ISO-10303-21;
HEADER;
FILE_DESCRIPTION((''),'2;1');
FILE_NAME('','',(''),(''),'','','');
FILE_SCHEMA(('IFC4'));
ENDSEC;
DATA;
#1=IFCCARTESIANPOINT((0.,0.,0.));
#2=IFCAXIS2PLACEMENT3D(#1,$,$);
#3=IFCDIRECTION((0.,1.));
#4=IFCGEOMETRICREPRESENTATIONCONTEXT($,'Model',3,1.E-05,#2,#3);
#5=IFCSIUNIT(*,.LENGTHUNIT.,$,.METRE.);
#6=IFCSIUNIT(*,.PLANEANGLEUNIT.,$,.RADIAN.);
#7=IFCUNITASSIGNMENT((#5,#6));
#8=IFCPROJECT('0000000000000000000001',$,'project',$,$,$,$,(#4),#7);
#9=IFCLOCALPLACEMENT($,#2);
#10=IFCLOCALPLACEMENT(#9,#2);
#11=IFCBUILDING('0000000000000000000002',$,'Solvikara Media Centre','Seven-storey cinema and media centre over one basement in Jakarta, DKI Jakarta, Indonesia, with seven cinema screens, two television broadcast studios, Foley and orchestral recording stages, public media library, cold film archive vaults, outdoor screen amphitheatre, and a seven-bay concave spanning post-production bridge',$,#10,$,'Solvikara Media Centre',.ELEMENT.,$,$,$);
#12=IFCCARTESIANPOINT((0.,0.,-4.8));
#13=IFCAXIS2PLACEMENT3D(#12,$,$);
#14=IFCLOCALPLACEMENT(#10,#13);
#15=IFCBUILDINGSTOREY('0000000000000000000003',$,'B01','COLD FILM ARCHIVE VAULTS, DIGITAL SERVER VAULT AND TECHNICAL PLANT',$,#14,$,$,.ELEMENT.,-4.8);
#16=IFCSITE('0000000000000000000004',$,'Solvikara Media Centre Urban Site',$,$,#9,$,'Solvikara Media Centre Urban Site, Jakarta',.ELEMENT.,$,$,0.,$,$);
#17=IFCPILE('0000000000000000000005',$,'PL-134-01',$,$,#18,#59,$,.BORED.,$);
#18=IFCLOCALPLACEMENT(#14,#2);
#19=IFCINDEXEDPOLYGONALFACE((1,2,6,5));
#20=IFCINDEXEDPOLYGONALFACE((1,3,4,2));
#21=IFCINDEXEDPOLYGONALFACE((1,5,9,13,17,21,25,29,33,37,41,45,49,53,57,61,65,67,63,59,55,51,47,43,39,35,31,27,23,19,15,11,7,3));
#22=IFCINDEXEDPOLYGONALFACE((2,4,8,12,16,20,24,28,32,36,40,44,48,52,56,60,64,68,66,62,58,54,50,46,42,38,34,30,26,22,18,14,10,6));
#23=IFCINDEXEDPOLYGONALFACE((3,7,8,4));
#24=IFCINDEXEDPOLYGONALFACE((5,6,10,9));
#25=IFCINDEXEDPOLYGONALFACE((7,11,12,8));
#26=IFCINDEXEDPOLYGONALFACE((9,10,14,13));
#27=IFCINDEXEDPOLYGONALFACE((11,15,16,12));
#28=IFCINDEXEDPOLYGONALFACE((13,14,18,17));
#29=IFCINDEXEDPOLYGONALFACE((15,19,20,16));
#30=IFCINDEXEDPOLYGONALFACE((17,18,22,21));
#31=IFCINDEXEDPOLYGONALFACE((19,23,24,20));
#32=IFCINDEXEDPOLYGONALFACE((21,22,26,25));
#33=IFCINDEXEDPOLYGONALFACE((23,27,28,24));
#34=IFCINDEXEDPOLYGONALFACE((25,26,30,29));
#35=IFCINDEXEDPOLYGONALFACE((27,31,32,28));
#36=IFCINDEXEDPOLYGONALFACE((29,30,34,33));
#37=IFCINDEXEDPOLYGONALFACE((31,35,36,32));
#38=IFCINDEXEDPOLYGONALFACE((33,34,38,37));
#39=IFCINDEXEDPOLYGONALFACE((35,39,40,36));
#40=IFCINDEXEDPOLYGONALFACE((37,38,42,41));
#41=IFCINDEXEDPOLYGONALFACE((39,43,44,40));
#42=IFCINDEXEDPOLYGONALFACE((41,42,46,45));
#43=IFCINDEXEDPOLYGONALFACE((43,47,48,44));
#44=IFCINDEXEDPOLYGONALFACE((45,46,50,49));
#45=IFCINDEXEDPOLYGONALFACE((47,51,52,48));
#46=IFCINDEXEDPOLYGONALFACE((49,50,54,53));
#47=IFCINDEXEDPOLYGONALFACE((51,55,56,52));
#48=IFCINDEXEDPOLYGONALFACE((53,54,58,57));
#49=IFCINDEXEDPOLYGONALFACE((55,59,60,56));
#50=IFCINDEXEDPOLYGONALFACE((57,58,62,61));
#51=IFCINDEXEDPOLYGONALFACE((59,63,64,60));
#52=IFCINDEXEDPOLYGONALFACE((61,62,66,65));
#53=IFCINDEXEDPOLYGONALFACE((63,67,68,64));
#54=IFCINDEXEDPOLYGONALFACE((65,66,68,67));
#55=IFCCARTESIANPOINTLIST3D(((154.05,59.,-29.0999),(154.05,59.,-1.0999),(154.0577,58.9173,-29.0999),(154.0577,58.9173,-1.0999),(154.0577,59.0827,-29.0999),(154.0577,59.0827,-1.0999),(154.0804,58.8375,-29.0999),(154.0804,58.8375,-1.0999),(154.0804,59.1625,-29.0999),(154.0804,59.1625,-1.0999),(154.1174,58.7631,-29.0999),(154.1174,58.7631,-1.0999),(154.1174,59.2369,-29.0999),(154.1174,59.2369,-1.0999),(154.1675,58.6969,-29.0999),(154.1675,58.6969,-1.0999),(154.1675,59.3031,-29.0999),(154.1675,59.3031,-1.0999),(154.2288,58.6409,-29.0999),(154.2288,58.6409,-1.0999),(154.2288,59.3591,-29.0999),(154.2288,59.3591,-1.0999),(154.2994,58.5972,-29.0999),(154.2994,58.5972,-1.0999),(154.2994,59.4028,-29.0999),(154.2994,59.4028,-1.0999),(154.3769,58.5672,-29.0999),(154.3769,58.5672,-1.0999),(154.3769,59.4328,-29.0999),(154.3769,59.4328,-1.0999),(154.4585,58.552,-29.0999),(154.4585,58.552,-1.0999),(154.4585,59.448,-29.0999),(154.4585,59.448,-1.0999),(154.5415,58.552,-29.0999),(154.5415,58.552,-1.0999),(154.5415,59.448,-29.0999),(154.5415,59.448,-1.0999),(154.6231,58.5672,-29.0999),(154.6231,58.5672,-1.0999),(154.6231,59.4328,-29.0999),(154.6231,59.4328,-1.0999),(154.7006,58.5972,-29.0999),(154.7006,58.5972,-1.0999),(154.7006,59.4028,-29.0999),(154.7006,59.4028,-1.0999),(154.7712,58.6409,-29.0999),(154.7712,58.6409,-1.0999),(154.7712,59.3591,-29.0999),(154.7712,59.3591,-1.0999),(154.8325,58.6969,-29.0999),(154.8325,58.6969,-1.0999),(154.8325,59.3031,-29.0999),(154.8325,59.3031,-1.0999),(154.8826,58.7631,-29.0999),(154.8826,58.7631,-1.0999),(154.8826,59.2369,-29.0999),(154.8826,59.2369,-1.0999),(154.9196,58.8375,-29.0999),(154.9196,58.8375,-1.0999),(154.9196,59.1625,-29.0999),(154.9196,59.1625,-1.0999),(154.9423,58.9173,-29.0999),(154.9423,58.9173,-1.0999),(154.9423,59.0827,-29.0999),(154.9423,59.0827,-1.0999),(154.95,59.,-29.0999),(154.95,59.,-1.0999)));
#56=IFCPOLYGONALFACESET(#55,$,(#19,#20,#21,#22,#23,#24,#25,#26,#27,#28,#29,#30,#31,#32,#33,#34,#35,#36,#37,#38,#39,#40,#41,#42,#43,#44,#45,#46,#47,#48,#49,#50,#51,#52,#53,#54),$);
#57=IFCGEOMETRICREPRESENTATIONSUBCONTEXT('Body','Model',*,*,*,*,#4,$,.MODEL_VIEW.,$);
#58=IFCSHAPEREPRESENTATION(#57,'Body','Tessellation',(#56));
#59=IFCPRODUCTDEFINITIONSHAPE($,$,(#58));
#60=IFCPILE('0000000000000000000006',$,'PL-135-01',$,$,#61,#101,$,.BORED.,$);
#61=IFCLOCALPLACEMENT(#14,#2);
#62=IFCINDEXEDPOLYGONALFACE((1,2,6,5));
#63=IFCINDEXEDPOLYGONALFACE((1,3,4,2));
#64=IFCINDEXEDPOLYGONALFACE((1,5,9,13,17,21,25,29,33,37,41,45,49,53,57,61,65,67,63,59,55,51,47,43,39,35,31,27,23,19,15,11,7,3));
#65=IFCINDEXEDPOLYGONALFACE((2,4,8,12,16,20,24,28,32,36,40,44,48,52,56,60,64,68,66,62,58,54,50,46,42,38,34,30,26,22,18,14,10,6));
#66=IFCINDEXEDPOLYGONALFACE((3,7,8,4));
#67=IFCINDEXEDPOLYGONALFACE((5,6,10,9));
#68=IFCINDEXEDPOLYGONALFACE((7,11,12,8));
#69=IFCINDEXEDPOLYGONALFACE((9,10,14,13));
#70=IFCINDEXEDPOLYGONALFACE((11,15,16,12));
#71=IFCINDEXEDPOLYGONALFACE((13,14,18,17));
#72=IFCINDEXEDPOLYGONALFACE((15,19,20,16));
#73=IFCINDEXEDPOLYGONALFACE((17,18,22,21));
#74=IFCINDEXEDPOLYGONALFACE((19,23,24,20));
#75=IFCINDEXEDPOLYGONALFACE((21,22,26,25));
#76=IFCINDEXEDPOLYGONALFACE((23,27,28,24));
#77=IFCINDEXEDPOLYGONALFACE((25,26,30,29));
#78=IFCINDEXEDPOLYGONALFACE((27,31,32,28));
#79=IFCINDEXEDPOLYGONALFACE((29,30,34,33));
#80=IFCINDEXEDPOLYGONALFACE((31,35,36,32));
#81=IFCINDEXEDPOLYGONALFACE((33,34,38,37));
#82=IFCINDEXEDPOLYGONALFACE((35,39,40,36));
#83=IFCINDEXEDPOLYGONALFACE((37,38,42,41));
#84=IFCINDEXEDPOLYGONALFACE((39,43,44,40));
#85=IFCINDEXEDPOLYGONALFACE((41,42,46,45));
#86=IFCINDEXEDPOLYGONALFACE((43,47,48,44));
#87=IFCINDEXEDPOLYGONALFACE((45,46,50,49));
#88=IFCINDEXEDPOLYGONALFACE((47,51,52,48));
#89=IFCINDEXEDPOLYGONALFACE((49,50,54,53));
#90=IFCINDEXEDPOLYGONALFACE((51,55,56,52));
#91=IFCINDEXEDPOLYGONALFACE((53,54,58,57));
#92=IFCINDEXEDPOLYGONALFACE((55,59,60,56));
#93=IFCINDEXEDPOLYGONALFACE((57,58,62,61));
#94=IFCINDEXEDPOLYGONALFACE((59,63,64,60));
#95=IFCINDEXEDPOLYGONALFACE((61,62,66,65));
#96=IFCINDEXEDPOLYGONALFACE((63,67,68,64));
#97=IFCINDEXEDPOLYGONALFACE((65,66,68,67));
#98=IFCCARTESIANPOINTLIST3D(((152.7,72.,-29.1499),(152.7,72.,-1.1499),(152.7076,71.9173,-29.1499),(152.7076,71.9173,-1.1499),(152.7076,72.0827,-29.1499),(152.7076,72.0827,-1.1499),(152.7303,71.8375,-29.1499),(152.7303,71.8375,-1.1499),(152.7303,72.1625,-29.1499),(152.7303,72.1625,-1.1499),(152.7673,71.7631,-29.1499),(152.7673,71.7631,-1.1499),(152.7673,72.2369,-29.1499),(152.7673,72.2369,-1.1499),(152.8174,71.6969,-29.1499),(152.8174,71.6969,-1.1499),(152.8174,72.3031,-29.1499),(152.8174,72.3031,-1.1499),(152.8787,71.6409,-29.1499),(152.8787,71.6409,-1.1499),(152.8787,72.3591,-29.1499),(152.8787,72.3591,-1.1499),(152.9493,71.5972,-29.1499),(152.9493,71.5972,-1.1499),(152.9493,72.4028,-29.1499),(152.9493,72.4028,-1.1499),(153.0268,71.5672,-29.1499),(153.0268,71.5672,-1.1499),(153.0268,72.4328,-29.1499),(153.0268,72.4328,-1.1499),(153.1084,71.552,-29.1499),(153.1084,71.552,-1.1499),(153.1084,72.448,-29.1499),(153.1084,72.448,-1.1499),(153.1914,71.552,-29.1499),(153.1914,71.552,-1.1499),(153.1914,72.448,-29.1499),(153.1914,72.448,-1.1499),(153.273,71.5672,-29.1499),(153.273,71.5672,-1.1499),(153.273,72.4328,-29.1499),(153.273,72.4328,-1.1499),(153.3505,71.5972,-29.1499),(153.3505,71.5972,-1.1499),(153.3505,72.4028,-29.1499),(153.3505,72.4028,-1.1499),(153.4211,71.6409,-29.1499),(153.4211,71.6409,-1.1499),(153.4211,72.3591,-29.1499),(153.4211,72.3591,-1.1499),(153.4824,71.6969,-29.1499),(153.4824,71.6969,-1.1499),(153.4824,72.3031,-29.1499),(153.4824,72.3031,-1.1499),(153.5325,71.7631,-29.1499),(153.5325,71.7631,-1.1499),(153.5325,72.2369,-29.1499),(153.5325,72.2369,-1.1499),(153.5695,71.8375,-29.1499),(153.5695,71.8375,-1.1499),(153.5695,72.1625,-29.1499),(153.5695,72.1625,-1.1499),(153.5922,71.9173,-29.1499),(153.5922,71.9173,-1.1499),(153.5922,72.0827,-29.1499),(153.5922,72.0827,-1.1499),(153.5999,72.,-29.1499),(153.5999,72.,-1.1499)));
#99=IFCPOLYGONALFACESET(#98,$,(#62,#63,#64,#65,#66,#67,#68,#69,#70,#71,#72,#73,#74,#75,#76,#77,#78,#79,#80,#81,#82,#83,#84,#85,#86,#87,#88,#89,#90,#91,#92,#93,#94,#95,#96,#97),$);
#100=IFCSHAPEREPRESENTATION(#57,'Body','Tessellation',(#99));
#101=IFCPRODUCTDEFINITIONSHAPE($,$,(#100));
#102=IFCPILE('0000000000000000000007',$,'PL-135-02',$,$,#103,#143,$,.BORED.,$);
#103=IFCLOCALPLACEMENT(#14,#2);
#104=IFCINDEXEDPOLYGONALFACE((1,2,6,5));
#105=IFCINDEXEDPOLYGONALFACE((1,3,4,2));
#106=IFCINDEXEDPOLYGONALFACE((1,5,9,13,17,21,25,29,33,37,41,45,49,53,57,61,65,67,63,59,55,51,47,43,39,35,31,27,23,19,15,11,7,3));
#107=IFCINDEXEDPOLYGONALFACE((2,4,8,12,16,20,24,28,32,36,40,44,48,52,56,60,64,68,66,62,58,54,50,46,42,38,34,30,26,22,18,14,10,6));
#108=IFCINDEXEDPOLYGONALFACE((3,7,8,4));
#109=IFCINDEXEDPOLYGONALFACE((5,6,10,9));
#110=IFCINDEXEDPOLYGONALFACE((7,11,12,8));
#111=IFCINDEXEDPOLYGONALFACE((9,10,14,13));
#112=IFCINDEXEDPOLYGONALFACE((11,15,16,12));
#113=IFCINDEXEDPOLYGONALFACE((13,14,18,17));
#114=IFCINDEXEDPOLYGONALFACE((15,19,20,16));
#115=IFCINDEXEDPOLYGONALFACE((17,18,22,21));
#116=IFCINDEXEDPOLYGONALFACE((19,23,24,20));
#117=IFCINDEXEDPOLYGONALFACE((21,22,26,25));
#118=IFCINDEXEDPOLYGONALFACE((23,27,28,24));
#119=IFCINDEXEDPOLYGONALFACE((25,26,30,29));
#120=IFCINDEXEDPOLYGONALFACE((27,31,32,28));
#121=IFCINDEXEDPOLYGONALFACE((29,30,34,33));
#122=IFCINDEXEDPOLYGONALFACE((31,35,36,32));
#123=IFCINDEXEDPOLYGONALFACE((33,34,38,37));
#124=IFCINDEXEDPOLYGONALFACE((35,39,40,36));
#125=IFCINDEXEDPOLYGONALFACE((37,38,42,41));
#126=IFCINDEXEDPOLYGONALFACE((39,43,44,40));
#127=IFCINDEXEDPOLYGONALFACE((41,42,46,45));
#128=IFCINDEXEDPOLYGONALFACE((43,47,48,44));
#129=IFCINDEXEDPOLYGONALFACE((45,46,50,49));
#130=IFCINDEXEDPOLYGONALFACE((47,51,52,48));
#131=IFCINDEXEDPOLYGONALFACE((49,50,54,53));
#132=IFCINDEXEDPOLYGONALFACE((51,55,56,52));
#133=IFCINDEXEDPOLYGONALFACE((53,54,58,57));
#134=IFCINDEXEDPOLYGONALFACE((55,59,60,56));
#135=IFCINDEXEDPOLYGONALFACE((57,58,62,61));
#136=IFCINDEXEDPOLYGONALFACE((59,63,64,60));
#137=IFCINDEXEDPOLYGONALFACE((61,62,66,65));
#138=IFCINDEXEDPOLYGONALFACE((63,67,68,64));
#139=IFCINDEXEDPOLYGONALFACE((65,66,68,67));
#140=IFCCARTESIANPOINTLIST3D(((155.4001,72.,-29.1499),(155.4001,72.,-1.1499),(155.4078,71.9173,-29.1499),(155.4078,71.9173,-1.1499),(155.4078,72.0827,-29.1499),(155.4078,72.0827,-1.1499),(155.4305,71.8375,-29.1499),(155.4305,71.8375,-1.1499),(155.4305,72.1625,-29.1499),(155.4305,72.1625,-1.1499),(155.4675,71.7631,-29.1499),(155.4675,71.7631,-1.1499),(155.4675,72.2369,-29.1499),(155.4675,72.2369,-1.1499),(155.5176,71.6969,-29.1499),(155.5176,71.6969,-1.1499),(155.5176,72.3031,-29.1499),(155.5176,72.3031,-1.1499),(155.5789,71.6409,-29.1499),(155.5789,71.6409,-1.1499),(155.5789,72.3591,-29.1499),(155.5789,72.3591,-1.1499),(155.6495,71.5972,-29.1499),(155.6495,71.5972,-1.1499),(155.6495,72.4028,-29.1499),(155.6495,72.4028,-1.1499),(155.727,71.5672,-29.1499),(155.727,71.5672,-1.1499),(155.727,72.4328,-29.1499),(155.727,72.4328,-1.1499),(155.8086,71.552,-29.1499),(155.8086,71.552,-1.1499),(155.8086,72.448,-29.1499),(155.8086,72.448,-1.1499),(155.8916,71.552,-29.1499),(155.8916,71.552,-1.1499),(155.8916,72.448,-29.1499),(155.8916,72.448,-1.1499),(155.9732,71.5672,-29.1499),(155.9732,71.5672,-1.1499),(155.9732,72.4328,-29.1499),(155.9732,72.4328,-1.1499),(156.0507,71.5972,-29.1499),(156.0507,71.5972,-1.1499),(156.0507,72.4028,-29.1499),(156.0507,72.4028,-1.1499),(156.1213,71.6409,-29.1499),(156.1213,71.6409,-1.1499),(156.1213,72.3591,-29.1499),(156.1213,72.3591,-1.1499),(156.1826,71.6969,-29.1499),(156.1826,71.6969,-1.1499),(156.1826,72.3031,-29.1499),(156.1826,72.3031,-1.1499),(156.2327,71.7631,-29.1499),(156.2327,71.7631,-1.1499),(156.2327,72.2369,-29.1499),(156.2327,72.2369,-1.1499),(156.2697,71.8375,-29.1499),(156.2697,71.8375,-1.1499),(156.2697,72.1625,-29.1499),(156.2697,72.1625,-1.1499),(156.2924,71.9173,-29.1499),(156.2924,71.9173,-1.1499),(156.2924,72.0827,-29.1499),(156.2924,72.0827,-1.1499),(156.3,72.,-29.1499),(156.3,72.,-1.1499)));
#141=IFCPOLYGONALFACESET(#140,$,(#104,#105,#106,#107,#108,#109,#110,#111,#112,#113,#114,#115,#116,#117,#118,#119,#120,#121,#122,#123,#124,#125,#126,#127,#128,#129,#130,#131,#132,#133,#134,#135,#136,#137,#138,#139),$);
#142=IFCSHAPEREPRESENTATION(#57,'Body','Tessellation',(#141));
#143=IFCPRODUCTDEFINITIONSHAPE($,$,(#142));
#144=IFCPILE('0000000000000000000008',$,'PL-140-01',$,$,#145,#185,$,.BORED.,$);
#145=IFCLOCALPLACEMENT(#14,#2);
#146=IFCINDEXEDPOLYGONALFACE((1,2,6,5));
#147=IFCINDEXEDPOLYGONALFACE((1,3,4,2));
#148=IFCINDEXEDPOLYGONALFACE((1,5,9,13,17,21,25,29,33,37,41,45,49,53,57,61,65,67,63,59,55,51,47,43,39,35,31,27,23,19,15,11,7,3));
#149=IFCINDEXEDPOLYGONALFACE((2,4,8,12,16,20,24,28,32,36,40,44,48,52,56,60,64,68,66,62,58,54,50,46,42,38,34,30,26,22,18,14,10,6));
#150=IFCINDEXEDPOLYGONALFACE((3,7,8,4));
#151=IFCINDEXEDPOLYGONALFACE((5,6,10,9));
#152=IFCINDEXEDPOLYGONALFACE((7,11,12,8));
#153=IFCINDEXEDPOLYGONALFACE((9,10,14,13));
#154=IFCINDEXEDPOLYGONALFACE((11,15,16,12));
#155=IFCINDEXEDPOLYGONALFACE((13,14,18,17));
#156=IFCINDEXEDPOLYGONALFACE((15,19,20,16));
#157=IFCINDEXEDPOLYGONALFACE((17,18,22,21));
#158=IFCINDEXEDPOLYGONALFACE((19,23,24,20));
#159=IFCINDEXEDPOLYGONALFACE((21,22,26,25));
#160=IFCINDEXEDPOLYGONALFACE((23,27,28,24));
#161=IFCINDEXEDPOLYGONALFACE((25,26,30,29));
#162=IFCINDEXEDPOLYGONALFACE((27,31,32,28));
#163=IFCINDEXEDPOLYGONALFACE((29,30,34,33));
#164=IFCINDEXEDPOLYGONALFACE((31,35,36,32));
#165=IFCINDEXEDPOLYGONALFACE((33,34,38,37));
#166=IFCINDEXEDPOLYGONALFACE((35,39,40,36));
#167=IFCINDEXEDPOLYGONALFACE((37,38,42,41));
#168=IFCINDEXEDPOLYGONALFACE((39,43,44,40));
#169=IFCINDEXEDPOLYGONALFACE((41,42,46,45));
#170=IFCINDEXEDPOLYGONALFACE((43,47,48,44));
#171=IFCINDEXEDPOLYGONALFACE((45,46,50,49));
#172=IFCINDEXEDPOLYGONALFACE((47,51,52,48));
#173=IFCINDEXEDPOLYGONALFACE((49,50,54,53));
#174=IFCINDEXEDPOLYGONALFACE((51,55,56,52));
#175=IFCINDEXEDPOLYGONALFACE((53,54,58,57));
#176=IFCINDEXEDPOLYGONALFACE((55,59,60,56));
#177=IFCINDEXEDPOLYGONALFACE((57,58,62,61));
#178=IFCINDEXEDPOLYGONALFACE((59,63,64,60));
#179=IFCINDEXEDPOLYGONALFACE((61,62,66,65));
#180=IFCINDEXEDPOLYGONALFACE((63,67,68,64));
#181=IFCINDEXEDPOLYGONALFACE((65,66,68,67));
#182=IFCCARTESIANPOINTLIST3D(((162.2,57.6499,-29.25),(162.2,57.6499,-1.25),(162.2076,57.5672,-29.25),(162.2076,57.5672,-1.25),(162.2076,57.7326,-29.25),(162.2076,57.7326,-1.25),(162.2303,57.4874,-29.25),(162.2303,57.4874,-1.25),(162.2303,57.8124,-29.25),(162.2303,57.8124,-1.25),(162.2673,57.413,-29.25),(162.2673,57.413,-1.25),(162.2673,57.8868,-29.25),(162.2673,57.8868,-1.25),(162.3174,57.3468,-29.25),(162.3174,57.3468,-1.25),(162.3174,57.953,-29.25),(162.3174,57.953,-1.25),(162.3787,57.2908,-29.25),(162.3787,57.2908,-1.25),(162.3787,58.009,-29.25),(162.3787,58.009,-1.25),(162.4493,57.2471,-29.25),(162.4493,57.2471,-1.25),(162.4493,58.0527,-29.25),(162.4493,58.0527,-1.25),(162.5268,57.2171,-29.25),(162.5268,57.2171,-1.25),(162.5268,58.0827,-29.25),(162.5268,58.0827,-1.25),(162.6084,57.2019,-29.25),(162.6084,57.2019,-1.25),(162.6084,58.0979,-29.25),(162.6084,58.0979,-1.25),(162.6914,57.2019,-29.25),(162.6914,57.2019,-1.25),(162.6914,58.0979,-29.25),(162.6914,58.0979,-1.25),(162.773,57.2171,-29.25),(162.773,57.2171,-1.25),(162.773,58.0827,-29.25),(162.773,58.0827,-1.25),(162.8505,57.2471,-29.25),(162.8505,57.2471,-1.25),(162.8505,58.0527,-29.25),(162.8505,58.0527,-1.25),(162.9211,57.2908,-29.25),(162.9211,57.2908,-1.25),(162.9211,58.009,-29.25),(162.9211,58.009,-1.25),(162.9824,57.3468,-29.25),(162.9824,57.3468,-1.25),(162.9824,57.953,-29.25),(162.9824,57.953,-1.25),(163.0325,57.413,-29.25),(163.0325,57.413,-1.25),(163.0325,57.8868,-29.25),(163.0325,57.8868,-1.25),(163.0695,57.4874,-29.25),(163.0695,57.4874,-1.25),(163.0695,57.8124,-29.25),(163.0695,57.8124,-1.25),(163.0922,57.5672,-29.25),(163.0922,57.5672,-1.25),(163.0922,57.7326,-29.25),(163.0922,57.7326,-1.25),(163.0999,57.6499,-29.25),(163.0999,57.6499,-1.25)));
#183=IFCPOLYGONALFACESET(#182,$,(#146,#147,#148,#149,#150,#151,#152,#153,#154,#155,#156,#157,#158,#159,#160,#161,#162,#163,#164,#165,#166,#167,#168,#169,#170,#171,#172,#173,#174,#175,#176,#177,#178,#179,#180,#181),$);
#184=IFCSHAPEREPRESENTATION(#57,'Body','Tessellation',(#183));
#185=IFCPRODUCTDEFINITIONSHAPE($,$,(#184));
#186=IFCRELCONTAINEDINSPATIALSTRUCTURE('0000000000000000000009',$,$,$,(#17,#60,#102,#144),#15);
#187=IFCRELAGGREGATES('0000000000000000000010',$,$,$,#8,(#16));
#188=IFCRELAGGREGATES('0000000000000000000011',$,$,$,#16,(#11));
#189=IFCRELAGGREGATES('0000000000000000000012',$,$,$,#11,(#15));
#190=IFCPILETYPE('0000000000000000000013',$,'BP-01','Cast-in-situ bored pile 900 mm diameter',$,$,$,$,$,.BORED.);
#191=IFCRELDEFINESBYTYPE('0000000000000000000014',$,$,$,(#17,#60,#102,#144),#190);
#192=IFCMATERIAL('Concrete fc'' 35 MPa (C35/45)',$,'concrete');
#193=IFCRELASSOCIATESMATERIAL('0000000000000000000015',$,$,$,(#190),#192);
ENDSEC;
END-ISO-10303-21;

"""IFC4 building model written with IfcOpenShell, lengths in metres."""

from ifc_helpers import new_model, si_unit, direction, frame, origin, origin_2d, place, context, subcontext, project, spatial, circle, extrude, material, material_profile, profile_set, type_object, element, save


model = new_model("IFC4")

# Units and contexts
model_context = context("Model", 3, precision=1e-05, world=origin(), true_north=direction((0.0, 1.0)))
body_context = subcontext(model_context, "Body", "Model", "MODEL_VIEW")
ifc_project = project(units=[si_unit("LENGTHUNIT", "METRE"), si_unit("PLANEANGLEUNIT", "RADIAN")], contexts=[model_context])

# Site, building, storey
site_placement = place(None, origin())
site = spatial("IfcSite", under=ifc_project, at=site_placement, Name="Solvikara Media Centre Urban Site", LongName="Solvikara Media Centre Urban Site, Jakarta", CompositionType="ELEMENT", RefElevation=0.0)
building_placement = place(site_placement, origin())
building = spatial("IfcBuilding", under=site, at=building_placement, Name="Solvikara Media Centre", Description="Seven-storey cinema and media centre over one basement in Jakarta, DKI Jakarta, Indonesia, with seven cinema screens, two television broadcast studios, Foley and orchestral recording stages, public media library, cold film archive vaults, outdoor screen amphitheatre, and a seven-bay concave spanning post-production bridge", LongName="Solvikara Media Centre", CompositionType="ELEMENT")
storey_placement = place(building_placement, frame((0.0, 0.0, -4.8)))
storey = spatial("IfcBuildingStorey", under=building, at=storey_placement, Name="B01", Description="COLD FILM ARCHIVE VAULTS, DIGITAL SERVER VAULT AND TECHNICAL PLANT", CompositionType="ELEMENT", Elevation=-4.8)

# Piles
ifc_material_1 = material(Name="Concrete fc' 35 MPa (C35/45)", Category="concrete")
ifc_material_profile_1 = material_profile(ifc_material_1, circle(Radius=0.45, at=origin_2d()), Name="BORED PILE D900")
ifc_profile_set_1 = profile_set([ifc_material_profile_1], Name="Concrete fc' 35 MPa (C35/45)")
pile_type_1 = type_object("IfcPileType", Name="BP-01", Description="Cast-in-situ bored pile 900 mm diameter", PredefinedType="BORED", material=ifc_profile_set_1)
for number, where, z_axis, x_axis, name in (
    (1, (154.5, 59.0, -1.0999), (0.0, 0.0, -1.0), (1.0, 0.0, 0.0), "PL-134-01"),
    (2, (153.1499, 72.0, -1.1499), (0.0, 0.0, -1.0), (1.0, 0.0, 0.0), "PL-135-01"),
    (3, (155.8501, 72.0, -1.1499), (0.0, 0.0, -1.0), (1.0, 0.0, 0.0), "PL-135-02"),
    (4, (162.6499, 57.6499, -1.25), (0.0, 0.0, -1.0), (1.0, 0.0, 0.0), "PL-140-01"),
):
    element("IfcPile", number, at=place(storey_placement, frame(where, z_axis=z_axis, x_axis=x_axis)), inside=storey, type_object=pile_type_1, Name=name, PredefinedType="BORED", context=body_context, shape_type="SweptSolid", body=[
        extrude(circle(Radius=0.45, at=origin_2d()), origin(), (0.0, 0.0, 1.0), 28.0),
    ])

save(model, "model.ifc")
